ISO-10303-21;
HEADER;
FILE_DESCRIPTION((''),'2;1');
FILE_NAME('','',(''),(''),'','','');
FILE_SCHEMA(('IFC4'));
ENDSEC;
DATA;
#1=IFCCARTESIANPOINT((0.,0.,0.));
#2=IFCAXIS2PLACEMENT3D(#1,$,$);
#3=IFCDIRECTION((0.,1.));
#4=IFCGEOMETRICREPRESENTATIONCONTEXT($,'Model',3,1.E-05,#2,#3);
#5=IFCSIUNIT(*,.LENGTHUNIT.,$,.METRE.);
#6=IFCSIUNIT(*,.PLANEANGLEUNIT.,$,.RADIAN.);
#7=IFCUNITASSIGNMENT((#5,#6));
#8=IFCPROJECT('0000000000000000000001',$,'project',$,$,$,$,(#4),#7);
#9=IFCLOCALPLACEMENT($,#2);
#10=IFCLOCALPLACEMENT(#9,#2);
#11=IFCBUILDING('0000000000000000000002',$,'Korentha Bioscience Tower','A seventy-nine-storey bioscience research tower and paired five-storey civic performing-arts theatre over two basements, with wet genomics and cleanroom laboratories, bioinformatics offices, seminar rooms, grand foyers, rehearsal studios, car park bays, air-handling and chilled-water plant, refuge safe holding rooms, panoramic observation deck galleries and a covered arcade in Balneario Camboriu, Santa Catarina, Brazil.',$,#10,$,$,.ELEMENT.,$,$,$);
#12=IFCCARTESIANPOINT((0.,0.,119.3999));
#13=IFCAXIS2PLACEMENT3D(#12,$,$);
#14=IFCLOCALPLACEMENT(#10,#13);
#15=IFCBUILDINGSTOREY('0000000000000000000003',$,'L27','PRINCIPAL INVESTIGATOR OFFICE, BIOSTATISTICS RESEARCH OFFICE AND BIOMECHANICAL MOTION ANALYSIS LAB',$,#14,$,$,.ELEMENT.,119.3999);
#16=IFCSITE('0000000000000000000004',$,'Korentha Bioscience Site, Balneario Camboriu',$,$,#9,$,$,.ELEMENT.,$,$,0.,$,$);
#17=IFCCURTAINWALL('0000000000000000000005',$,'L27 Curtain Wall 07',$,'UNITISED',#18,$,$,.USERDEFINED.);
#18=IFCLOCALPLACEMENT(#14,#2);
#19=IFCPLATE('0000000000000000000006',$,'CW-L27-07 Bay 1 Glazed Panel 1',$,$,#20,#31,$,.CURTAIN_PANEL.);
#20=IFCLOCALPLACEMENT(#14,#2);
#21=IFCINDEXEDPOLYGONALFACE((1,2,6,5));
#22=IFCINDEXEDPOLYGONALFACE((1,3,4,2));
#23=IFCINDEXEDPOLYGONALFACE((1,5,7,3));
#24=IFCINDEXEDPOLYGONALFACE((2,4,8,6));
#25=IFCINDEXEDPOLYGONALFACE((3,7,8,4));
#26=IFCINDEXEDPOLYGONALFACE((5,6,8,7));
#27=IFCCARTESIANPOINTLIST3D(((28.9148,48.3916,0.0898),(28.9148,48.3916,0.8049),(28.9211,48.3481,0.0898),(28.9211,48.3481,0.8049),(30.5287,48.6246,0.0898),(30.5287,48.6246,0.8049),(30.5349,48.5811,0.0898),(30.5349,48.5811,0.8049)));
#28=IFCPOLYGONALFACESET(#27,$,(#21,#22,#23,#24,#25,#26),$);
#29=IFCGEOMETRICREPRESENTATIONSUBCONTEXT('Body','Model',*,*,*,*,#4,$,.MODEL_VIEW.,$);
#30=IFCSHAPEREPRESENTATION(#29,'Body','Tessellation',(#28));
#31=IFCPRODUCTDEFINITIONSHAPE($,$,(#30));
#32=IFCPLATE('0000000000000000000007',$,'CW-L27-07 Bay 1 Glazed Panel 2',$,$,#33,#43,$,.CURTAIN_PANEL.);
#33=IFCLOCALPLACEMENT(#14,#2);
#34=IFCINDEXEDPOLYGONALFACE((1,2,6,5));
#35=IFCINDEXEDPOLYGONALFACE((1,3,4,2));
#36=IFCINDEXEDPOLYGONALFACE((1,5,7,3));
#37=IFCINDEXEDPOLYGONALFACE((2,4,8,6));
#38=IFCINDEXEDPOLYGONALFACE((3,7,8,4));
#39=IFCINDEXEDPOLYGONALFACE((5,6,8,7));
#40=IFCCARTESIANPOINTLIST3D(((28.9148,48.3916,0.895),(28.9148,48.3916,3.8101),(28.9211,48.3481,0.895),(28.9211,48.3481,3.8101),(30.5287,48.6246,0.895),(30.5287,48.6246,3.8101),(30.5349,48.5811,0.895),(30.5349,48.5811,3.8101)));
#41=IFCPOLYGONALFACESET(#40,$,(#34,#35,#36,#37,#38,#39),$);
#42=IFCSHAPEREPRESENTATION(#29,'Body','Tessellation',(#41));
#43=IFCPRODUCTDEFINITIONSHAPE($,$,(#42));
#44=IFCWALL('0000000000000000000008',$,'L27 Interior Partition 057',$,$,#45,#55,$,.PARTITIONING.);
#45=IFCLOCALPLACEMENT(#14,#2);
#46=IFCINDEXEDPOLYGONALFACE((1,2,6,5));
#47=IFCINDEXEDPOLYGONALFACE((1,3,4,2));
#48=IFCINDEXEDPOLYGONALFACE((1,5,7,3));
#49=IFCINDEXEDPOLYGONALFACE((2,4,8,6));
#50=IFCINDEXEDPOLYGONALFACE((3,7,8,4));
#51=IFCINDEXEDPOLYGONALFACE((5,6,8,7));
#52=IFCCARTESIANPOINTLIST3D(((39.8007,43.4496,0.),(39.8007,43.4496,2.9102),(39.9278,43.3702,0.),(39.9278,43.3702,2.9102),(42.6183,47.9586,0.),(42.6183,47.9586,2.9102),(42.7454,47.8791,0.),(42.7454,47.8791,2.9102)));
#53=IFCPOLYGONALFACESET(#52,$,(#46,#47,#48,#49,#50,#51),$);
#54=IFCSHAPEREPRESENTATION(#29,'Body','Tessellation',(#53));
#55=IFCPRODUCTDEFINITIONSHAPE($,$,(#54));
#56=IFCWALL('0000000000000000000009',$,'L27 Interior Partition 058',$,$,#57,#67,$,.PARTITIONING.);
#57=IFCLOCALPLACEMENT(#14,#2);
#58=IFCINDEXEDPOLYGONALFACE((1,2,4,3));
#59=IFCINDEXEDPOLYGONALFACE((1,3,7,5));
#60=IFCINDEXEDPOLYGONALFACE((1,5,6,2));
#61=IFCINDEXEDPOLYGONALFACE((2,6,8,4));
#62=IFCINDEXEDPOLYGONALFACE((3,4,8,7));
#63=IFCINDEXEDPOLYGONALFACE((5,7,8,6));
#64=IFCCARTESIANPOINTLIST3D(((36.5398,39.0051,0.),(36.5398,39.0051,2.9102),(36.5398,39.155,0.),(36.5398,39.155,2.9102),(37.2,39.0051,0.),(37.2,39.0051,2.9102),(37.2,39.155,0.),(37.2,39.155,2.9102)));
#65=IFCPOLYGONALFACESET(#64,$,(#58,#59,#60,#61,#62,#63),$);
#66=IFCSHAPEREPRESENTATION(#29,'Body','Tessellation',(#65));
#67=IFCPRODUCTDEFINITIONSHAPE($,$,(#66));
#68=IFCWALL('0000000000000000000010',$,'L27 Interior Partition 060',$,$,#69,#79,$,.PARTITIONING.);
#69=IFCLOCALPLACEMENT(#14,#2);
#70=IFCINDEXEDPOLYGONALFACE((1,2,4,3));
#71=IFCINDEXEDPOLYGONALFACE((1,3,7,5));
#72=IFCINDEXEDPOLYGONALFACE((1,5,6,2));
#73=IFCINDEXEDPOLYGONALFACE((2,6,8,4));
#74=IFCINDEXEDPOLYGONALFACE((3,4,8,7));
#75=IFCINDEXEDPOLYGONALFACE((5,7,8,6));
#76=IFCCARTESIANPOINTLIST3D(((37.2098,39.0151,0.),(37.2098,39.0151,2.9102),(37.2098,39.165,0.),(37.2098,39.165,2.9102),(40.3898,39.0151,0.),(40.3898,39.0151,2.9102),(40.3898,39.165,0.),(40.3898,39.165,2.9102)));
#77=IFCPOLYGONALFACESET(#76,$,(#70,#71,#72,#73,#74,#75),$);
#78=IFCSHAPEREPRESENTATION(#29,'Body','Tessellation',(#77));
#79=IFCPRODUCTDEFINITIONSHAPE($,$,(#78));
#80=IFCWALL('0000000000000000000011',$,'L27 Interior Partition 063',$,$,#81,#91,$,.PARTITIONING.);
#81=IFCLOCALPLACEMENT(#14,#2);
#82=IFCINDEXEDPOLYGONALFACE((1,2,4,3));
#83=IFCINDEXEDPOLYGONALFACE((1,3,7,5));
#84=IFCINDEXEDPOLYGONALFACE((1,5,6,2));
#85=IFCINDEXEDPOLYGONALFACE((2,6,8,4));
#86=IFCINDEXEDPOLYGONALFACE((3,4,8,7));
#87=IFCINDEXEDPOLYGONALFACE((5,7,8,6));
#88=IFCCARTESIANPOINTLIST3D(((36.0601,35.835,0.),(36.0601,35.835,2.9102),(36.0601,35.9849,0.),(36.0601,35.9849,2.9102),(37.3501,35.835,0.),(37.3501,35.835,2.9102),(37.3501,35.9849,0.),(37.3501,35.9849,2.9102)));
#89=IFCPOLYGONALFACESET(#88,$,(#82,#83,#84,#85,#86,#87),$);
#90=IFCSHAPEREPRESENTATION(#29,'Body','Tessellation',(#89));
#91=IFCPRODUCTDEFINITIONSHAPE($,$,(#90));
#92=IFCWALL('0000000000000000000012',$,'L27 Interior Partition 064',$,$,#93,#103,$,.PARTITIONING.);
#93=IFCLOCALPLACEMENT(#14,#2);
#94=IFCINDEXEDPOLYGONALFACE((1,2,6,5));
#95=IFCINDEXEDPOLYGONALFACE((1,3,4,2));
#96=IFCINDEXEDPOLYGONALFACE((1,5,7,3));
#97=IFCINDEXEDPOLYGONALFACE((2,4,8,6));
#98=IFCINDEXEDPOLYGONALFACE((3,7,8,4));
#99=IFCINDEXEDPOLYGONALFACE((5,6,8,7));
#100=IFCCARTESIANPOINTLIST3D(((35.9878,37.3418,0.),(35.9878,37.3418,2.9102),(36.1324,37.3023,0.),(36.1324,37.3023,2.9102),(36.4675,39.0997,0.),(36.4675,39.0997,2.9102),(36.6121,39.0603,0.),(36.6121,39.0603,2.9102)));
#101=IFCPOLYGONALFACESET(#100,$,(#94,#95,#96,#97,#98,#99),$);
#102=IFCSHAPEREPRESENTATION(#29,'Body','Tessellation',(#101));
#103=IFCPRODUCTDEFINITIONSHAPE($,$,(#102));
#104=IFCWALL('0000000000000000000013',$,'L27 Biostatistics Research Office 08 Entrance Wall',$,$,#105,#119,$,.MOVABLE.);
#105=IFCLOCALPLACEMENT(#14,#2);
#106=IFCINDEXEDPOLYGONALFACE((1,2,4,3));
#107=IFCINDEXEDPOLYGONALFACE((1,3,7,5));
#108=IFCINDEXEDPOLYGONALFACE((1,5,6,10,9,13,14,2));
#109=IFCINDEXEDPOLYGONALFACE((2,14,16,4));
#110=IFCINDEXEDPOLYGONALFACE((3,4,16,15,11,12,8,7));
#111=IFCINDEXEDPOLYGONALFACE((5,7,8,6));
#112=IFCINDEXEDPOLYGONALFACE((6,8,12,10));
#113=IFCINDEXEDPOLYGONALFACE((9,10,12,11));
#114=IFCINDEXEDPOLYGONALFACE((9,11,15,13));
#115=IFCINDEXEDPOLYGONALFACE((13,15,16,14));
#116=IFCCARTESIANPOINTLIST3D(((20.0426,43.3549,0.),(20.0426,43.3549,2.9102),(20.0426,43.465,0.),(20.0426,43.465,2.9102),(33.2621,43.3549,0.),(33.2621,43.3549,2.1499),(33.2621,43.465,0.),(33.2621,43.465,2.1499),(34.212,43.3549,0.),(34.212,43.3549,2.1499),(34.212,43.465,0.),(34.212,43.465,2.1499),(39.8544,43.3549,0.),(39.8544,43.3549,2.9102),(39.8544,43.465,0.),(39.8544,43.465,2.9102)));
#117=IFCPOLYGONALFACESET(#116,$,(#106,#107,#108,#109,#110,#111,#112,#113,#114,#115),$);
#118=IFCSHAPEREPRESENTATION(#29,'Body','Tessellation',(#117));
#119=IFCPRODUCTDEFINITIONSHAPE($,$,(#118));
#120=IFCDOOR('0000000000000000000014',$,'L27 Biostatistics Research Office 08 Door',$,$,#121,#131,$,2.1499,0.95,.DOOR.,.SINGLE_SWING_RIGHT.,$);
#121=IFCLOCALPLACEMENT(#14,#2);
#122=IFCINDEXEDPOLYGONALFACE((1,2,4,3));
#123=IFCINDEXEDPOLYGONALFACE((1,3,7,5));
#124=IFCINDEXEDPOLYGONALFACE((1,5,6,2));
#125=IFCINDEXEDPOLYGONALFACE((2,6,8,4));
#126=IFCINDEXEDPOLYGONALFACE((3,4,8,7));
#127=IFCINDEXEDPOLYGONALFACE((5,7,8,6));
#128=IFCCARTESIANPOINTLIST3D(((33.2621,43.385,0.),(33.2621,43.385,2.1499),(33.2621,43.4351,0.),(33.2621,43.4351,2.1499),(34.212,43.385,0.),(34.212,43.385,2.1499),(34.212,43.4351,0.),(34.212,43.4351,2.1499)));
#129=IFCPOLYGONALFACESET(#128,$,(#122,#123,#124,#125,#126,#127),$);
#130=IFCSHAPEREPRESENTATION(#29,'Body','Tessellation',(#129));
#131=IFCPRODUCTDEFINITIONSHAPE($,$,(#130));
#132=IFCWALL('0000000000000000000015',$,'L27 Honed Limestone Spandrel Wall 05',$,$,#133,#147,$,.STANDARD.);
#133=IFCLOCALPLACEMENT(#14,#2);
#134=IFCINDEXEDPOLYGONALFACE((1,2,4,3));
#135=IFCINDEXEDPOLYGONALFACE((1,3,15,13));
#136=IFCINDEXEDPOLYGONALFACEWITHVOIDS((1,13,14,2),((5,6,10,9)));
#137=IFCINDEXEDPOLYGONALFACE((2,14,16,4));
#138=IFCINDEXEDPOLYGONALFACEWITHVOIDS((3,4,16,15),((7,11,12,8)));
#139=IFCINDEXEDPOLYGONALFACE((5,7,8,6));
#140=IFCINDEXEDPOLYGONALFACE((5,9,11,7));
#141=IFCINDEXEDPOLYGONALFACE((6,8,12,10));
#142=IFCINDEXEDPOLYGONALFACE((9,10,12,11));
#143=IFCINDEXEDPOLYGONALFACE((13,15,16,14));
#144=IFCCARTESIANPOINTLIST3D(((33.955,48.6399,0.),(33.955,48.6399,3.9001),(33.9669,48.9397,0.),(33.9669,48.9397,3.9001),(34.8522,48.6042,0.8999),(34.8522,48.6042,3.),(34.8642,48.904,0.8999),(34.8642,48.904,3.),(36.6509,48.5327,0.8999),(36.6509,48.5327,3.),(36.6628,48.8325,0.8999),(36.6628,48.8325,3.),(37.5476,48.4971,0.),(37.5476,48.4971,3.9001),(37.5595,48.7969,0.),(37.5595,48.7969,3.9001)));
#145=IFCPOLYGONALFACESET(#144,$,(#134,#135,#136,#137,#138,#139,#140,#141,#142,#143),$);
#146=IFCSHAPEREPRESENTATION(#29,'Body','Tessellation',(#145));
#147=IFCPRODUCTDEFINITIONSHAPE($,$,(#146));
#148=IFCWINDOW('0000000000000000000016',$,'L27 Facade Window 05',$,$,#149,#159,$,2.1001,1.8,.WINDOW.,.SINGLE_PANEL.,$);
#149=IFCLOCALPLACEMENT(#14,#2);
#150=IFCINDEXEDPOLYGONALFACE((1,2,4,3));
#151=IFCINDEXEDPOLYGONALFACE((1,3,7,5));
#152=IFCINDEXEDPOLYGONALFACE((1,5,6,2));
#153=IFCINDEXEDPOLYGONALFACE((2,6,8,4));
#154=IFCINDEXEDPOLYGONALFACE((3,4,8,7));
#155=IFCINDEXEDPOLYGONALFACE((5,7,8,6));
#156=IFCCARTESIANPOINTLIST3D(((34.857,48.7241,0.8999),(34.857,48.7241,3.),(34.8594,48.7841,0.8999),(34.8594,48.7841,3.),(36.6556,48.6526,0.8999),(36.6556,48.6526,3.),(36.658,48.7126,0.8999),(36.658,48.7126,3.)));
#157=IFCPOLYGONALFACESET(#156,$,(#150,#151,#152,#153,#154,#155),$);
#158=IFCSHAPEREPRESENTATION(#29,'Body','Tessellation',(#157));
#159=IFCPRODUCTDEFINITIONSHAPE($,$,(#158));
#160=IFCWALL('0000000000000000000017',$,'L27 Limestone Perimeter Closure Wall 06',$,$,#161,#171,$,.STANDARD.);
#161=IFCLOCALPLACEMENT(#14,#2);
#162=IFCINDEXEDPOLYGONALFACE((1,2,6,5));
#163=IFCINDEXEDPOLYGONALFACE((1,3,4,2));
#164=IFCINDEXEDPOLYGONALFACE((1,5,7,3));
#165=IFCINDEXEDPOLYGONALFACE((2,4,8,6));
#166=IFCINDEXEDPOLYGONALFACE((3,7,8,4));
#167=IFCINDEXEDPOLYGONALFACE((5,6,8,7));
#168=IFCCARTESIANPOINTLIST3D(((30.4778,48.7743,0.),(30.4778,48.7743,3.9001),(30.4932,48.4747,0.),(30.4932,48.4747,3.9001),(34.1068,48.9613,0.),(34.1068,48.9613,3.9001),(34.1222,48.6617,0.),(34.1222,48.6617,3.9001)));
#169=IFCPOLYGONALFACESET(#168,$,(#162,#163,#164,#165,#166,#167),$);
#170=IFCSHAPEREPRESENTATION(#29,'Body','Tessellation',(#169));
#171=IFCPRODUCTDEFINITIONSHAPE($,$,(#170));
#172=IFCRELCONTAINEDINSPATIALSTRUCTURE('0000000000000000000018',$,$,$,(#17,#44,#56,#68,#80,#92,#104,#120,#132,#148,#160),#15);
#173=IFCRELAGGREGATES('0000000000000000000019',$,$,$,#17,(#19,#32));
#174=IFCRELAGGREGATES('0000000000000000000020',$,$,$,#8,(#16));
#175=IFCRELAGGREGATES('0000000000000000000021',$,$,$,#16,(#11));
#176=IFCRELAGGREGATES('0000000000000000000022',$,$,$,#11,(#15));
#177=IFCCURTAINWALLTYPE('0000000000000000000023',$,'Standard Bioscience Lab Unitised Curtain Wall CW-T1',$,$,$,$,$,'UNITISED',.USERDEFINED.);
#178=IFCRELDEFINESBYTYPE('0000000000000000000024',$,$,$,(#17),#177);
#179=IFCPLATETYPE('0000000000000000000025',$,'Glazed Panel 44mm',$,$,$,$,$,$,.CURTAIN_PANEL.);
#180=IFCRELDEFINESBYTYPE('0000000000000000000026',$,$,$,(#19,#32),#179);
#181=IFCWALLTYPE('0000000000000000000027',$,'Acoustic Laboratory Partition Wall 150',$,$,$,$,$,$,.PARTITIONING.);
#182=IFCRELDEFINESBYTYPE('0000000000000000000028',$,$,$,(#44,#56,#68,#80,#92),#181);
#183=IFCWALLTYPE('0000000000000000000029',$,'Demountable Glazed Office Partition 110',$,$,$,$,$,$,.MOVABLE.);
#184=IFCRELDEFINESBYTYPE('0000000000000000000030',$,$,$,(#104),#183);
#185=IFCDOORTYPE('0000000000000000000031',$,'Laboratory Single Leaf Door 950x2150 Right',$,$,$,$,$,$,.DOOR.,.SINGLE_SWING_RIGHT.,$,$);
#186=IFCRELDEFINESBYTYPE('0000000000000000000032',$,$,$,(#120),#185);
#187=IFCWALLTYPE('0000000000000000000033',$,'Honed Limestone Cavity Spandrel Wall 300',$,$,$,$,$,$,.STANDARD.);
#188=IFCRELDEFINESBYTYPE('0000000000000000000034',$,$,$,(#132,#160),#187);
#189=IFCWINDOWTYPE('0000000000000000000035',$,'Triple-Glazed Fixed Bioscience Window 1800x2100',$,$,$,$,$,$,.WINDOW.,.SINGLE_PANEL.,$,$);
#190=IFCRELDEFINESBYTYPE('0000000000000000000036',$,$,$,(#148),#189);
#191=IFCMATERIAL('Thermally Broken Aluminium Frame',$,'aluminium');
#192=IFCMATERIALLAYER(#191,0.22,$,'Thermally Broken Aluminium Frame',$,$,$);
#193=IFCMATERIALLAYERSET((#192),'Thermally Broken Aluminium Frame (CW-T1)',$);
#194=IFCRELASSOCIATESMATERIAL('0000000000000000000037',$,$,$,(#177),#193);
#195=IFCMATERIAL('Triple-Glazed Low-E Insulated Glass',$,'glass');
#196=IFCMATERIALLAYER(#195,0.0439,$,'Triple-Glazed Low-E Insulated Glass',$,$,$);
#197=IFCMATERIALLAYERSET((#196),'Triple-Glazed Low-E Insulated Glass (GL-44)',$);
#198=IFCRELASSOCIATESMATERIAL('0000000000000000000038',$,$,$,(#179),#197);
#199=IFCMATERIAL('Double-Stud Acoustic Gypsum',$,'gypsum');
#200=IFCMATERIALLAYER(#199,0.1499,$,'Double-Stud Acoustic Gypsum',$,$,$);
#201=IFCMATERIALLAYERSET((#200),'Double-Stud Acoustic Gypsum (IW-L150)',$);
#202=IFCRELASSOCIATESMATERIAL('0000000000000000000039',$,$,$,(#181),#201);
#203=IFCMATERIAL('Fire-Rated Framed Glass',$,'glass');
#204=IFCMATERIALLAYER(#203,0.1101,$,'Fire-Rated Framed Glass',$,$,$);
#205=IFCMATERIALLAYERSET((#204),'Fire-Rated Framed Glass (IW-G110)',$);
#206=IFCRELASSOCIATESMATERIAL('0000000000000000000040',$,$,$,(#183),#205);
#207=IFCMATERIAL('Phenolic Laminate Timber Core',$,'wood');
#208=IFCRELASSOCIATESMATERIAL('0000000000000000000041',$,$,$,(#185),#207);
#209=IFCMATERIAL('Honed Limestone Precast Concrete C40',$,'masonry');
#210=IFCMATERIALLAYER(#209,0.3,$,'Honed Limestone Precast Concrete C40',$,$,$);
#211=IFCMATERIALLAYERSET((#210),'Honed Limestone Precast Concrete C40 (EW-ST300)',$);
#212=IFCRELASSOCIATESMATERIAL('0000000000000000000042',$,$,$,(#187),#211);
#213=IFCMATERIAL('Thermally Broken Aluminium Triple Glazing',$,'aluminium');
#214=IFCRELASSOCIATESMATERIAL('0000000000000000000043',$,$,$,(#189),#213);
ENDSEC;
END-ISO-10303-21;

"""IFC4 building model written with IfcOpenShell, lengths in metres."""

from ifc_helpers import new_model, si_unit, direction, frame, frame_2d, origin, origin_2d, place, context, subcontext, project, spatial, rectangle, extrude, material, layer, layer_set, type_object, element, fill, aggregate, save


model = new_model("IFC4")

# Units and contexts
model_context = context("Model", 3, precision=1e-05, world=origin(), true_north=direction((0.0, 1.0)))
body_context = subcontext(model_context, "Body", "Model", "MODEL_VIEW")
ifc_project = project(units=[si_unit("LENGTHUNIT", "METRE"), si_unit("PLANEANGLEUNIT", "RADIAN")], contexts=[model_context])

# Site, building, storey
site_placement = place(None, origin())
site = spatial("IfcSite", under=ifc_project, at=site_placement, Name="Korentha Bioscience Site, Balneario Camboriu", CompositionType="ELEMENT", RefElevation=0.0)
building_placement = place(site_placement, origin())
building = spatial("IfcBuilding", under=site, at=building_placement, Name="Korentha Bioscience Tower", Description="A seventy-nine-storey bioscience research tower and paired five-storey civic performing-arts theatre over two basements, with wet genomics and cleanroom laboratories, bioinformatics offices, seminar rooms, grand foyers, rehearsal studios, car park bays, air-handling and chilled-water plant, refuge safe holding rooms, panoramic observation deck galleries and a covered arcade in Balneario Camboriu, Santa Catarina, Brazil.", CompositionType="ELEMENT")
storey_placement = place(building_placement, frame((0.0, 0.0, 119.3999)))
storey = spatial("IfcBuildingStorey", under=building, at=storey_placement, Name="L27", Description="PRINCIPAL INVESTIGATOR OFFICE, BIOSTATISTICS RESEARCH OFFICE AND BIOMECHANICAL MOTION ANALYSIS LAB", CompositionType="ELEMENT", Elevation=119.3999)

# Curtain wall
ifc_material_1 = material(Name="Thermally Broken Aluminium Frame", Category="aluminium")
ifc_layer_1 = layer(ifc_material_1, 0.22, Name="Thermally Broken Aluminium Frame")
ifc_layer_set_1 = layer_set([ifc_layer_1], Name="Thermally Broken Aluminium Frame (CW-T1)")
curtain_wall_type = type_object("IfcCurtainWallType", Name="Standard Bioscience Lab Unitised Curtain Wall CW-T1", ElementType="UNITISED", PredefinedType="USERDEFINED", material=ifc_layer_set_1)
curtain_wall_placement = place(storey_placement, origin())
curtain_wall = element("IfcCurtainWall", 1, at=curtain_wall_placement, inside=storey, type_object=curtain_wall_type, Name="L27 Curtain Wall 07", ObjectType="UNITISED", PredefinedType="USERDEFINED")

# Plates
ifc_material_2 = material(Name="Triple-Glazed Low-E Insulated Glass", Category="glass")
ifc_layer_2 = layer(ifc_material_2, 0.0439, Name="Triple-Glazed Low-E Insulated Glass")
ifc_layer_set_2 = layer_set([ifc_layer_2], Name="Triple-Glazed Low-E Insulated Glass (GL-44)")
plate_type = type_object("IfcPlateType", Name="Glazed Panel 44mm", PredefinedType="CURTAIN_PANEL", material=ifc_layer_set_2)
plate_1_placement = place(storey_placement, frame((29.7249, 48.4863, 0.0898), z_axis=(0.0, 0.0, 1.0), x_axis=(-0.989738, -0.142892, 0.0)))
plate_1 = element("IfcPlate", 2, at=plate_1_placement, type_object=plate_type, Name="CW-L27-07 Bay 1 Glazed Panel 1", PredefinedType="CURTAIN_PANEL", context=body_context, shape_type="SweptSolid", body=[
    extrude(rectangle(XDim=1.6306, YDim=0.0439, at=origin_2d()), origin(), (0.0, 0.0, 1.0), 0.7151),
])
plate_2_placement = place(storey_placement, frame((29.7249, 48.4863, 0.895), z_axis=(0.0, 0.0, 1.0), x_axis=(-0.989738, -0.142892, 0.0)))
plate_2 = element("IfcPlate", 3, at=plate_2_placement, type_object=plate_type, Name="CW-L27-07 Bay 1 Glazed Panel 2", PredefinedType="CURTAIN_PANEL", context=body_context, shape_type="SweptSolid", body=[
    extrude(rectangle(XDim=1.6306, YDim=0.0439, at=origin_2d()), origin(), (0.0, 0.0, 1.0), 2.915),
])
aggregate(curtain_wall, [plate_1, plate_2])

# Walls
ifc_material_3 = material(Name="Double-Stud Acoustic Gypsum", Category="gypsum")
ifc_layer_3 = layer(ifc_material_3, 0.1499, Name="Double-Stud Acoustic Gypsum")
ifc_layer_set_3 = layer_set([ifc_layer_3], Name="Double-Stud Acoustic Gypsum (IW-L150)")
wall_type_1 = type_object("IfcWallType", Name="Acoustic Laboratory Partition Wall 150", PredefinedType="PARTITIONING", material=ifc_layer_set_3)
wall_1_placement = place(storey_placement, frame((39.8643, 43.4099, 0.0), z_axis=(0.0, 0.0, 1.0), x_axis=(0.529929, 0.848042, 0.0)))
element("IfcWall", 4, at=wall_1_placement, inside=storey, type_object=wall_type_1, Name="L27 Interior Partition 057", PredefinedType="PARTITIONING", context=body_context, shape_type="SweptSolid", body=[
    extrude(rectangle(XDim=5.3169, YDim=0.1499, at=frame_2d((2.6584, 0.0))), origin(), (0.0, 0.0, 1.0), 2.9102),
])
wall_2_placement = place(storey_placement, frame((36.5398, 39.0801, 0.0), z_axis=(0.0, 0.0, 1.0), x_axis=(1.0, 0.0, 0.0)))
element("IfcWall", 5, at=wall_2_placement, inside=storey, type_object=wall_type_1, Name="L27 Interior Partition 058", PredefinedType="PARTITIONING", context=body_context, shape_type="SweptSolid", body=[
    extrude(rectangle(XDim=0.6602, YDim=0.1499, at=frame_2d((0.3301, 0.0))), origin(), (0.0, 0.0, 1.0), 2.9102),
])
wall_3_placement = place(storey_placement, frame((37.21, 39.0901, 0.0), z_axis=(0.0, 0.0, 1.0), x_axis=(1.0, 0.0, 0.0)))
element("IfcWall", 6, at=wall_3_placement, inside=storey, type_object=wall_type_1, Name="L27 Interior Partition 060", PredefinedType="PARTITIONING", context=body_context, shape_type="SweptSolid", body=[
    extrude(rectangle(XDim=3.1799, YDim=0.1499, at=frame_2d((1.5898, 0.0))), origin(), (0.0, 0.0, 1.0), 2.9102),
])
wall_4_placement = place(storey_placement, frame((37.3501, 35.9099, 0.0), z_axis=(0.0, 0.0, 1.0), x_axis=(-1.0, 0.0, 0.0)))
element("IfcWall", 7, at=wall_4_placement, inside=storey, type_object=wall_type_1, Name="L27 Interior Partition 063", PredefinedType="PARTITIONING", context=body_context, shape_type="SweptSolid", body=[
    extrude(rectangle(XDim=1.29, YDim=0.1499, at=frame_2d((0.645, 0.0))), origin(), (0.0, 0.0, 1.0), 2.9102),
])
wall_5_placement = place(storey_placement, frame((36.0601, 37.322, 0.0), z_axis=(0.0, 0.0, 1.0), x_axis=(0.263253, 0.964727, 0.0)))
element("IfcWall", 8, at=wall_5_placement, inside=storey, type_object=wall_type_1, Name="L27 Interior Partition 064", PredefinedType="PARTITIONING", context=body_context, shape_type="SweptSolid", body=[
    extrude(rectangle(XDim=1.8223, YDim=0.1499, at=frame_2d((0.9111, 0.0))), origin(), (0.0, 0.0, 1.0), 2.9102),
])

# Wall, opening, door
ifc_material_4 = material(Name="Fire-Rated Framed Glass", Category="glass")
ifc_layer_4 = layer(ifc_material_4, 0.1101, Name="Fire-Rated Framed Glass")
ifc_layer_set_4 = layer_set([ifc_layer_4], Name="Fire-Rated Framed Glass (IW-G110)")
wall_type_2 = type_object("IfcWallType", Name="Demountable Glazed Office Partition 110", PredefinedType="MOVABLE", material=ifc_layer_set_4)
wall_6_placement = place(storey_placement, frame((39.8542, 43.4099, 0.0), z_axis=(0.0, 0.0, 1.0), x_axis=(-1.0, 0.0, 0.0)))
wall_6 = element("IfcWall", 9, at=wall_6_placement, inside=storey, type_object=wall_type_2, Name="L27 Biostatistics Research Office 08 Entrance Wall", PredefinedType="MOVABLE", context=body_context, shape_type="SweptSolid", body=[
    extrude(rectangle(XDim=19.8118, YDim=0.1101, at=frame_2d((9.9058, 0.0))), origin(), (0.0, 0.0, 1.0), 2.9102),
])
opening_1_placement = place(wall_6_placement, frame((5.6421, 0.0, 0.0)))
opening_1 = element("IfcOpeningElement", 10, at=opening_1_placement, cuts=wall_6, PredefinedType="OPENING", context=body_context, shape_type="SweptSolid", body=[
    extrude(rectangle(XDim=0.95, YDim=2.1499, at=frame_2d((0.4751, 1.075))), frame((0.0, 0.0698, 0.0), z_axis=(0.0, -1.0, 0.0), x_axis=(1.0, 0.0, 0.0)), (0.0, 0.0, 1.0), 0.1399),
])
ifc_material_5 = material(Name="Phenolic Laminate Timber Core", Category="wood")
door_type_1 = type_object("IfcDoorType", Name="Laboratory Single Leaf Door 950x2150 Right", OperationType="SINGLE_SWING_RIGHT", PredefinedType="DOOR", material=ifc_material_5)
door_1_placement = place(opening_1_placement, origin())
door_1 = element("IfcDoor", 11, at=door_1_placement, inside=storey, type_object=door_type_1, Name="L27 Biostatistics Research Office 08 Door", OperationType="SINGLE_SWING_RIGHT", OverallHeight=2.1499, OverallWidth=0.95, PredefinedType="DOOR", context=body_context, shape_type="SweptSolid", body=[
    extrude(rectangle(XDim=0.95, YDim=2.1499, at=frame_2d((0.4751, 1.075))), frame((0.0, 0.0249, 0.0), z_axis=(0.0, -1.0, 0.0), x_axis=(1.0, 0.0, 0.0)), (0.0, 0.0, 1.0), 0.05),
])
fill(opening_1, door_1)

# Wall, opening, window
ifc_material_6 = material(Name="Honed Limestone Precast Concrete C40", Category="masonry")
ifc_layer_5 = layer(ifc_material_6, 0.3, Name="Honed Limestone Precast Concrete C40")
ifc_layer_set_5 = layer_set([ifc_layer_5], Name="Honed Limestone Precast Concrete C40 (EW-ST300)")
wall_type_3 = type_object("IfcWallType", Name="Honed Limestone Cavity Spandrel Wall 300", PredefinedType="STANDARD", material=ifc_layer_set_5)
wall_7_placement = place(storey_placement, frame((37.5537, 48.647, 0.0), z_axis=(0.0, 0.0, 1.0), x_axis=(-0.999211, 0.039724, 0.0)))
wall_7 = element("IfcWall", 12, at=wall_7_placement, inside=storey, type_object=wall_type_3, Name="L27 Honed Limestone Spandrel Wall 05", PredefinedType="STANDARD", context=body_context, shape_type="SweptSolid", body=[
    extrude(rectangle(XDim=3.5955, YDim=0.3, at=frame_2d((1.7979, 0.0))), origin(), (0.0, 0.0, 1.0), 3.9001),
])
opening_2_placement = place(wall_7_placement, frame((0.8977, 0.0, 0.8999)))
opening_2 = element("IfcOpeningElement", 13, at=opening_2_placement, cuts=wall_7, PredefinedType="OPENING", context=body_context, shape_type="SweptSolid", body=[
    extrude(rectangle(XDim=1.8, YDim=2.1001, at=frame_2d((0.8999, 1.05))), frame((0.0, 0.165, 0.0), z_axis=(0.0, -1.0, 0.0), x_axis=(1.0, 0.0, 0.0)), (0.0, 0.0, 1.0), 0.3298),
])
ifc_material_7 = material(Name="Thermally Broken Aluminium Triple Glazing", Category="aluminium")
window_type = type_object("IfcWindowType", Name="Triple-Glazed Fixed Bioscience Window 1800x2100", PartitioningType="SINGLE_PANEL", PredefinedType="WINDOW", material=ifc_material_7)
window_placement = place(opening_2_placement, origin())
window = element("IfcWindow", 14, at=window_placement, inside=storey, type_object=window_type, Name="L27 Facade Window 05", OverallHeight=2.1001, OverallWidth=1.8, PartitioningType="SINGLE_PANEL", PredefinedType="WINDOW", context=body_context, shape_type="SweptSolid", body=[
    extrude(rectangle(XDim=1.8, YDim=2.1001, at=frame_2d((0.8999, 1.05))), frame((0.0, 0.03, 0.0), z_axis=(0.0, -1.0, 0.0), x_axis=(1.0, 0.0, 0.0)), (0.0, 0.0, 1.0), 0.0601),
])
fill(opening_2, window)

# Wall
wall_8_placement = place(storey_placement, frame((34.1145, 48.8115, 0.0), z_axis=(0.0, 0.0, 1.0), x_axis=(-0.998675, -0.051466, 0.0)))
element("IfcWall", 15, at=wall_8_placement, inside=storey, type_object=wall_type_3, Name="L27 Limestone Perimeter Closure Wall 06", PredefinedType="STANDARD", context=body_context, shape_type="SweptSolid", body=[
    extrude(rectangle(XDim=3.6338, YDim=0.3, at=frame_2d((1.8169, 0.0))), origin(), (0.0, 0.0, 1.0), 3.9001),
])

save(model, "model.ifc")
